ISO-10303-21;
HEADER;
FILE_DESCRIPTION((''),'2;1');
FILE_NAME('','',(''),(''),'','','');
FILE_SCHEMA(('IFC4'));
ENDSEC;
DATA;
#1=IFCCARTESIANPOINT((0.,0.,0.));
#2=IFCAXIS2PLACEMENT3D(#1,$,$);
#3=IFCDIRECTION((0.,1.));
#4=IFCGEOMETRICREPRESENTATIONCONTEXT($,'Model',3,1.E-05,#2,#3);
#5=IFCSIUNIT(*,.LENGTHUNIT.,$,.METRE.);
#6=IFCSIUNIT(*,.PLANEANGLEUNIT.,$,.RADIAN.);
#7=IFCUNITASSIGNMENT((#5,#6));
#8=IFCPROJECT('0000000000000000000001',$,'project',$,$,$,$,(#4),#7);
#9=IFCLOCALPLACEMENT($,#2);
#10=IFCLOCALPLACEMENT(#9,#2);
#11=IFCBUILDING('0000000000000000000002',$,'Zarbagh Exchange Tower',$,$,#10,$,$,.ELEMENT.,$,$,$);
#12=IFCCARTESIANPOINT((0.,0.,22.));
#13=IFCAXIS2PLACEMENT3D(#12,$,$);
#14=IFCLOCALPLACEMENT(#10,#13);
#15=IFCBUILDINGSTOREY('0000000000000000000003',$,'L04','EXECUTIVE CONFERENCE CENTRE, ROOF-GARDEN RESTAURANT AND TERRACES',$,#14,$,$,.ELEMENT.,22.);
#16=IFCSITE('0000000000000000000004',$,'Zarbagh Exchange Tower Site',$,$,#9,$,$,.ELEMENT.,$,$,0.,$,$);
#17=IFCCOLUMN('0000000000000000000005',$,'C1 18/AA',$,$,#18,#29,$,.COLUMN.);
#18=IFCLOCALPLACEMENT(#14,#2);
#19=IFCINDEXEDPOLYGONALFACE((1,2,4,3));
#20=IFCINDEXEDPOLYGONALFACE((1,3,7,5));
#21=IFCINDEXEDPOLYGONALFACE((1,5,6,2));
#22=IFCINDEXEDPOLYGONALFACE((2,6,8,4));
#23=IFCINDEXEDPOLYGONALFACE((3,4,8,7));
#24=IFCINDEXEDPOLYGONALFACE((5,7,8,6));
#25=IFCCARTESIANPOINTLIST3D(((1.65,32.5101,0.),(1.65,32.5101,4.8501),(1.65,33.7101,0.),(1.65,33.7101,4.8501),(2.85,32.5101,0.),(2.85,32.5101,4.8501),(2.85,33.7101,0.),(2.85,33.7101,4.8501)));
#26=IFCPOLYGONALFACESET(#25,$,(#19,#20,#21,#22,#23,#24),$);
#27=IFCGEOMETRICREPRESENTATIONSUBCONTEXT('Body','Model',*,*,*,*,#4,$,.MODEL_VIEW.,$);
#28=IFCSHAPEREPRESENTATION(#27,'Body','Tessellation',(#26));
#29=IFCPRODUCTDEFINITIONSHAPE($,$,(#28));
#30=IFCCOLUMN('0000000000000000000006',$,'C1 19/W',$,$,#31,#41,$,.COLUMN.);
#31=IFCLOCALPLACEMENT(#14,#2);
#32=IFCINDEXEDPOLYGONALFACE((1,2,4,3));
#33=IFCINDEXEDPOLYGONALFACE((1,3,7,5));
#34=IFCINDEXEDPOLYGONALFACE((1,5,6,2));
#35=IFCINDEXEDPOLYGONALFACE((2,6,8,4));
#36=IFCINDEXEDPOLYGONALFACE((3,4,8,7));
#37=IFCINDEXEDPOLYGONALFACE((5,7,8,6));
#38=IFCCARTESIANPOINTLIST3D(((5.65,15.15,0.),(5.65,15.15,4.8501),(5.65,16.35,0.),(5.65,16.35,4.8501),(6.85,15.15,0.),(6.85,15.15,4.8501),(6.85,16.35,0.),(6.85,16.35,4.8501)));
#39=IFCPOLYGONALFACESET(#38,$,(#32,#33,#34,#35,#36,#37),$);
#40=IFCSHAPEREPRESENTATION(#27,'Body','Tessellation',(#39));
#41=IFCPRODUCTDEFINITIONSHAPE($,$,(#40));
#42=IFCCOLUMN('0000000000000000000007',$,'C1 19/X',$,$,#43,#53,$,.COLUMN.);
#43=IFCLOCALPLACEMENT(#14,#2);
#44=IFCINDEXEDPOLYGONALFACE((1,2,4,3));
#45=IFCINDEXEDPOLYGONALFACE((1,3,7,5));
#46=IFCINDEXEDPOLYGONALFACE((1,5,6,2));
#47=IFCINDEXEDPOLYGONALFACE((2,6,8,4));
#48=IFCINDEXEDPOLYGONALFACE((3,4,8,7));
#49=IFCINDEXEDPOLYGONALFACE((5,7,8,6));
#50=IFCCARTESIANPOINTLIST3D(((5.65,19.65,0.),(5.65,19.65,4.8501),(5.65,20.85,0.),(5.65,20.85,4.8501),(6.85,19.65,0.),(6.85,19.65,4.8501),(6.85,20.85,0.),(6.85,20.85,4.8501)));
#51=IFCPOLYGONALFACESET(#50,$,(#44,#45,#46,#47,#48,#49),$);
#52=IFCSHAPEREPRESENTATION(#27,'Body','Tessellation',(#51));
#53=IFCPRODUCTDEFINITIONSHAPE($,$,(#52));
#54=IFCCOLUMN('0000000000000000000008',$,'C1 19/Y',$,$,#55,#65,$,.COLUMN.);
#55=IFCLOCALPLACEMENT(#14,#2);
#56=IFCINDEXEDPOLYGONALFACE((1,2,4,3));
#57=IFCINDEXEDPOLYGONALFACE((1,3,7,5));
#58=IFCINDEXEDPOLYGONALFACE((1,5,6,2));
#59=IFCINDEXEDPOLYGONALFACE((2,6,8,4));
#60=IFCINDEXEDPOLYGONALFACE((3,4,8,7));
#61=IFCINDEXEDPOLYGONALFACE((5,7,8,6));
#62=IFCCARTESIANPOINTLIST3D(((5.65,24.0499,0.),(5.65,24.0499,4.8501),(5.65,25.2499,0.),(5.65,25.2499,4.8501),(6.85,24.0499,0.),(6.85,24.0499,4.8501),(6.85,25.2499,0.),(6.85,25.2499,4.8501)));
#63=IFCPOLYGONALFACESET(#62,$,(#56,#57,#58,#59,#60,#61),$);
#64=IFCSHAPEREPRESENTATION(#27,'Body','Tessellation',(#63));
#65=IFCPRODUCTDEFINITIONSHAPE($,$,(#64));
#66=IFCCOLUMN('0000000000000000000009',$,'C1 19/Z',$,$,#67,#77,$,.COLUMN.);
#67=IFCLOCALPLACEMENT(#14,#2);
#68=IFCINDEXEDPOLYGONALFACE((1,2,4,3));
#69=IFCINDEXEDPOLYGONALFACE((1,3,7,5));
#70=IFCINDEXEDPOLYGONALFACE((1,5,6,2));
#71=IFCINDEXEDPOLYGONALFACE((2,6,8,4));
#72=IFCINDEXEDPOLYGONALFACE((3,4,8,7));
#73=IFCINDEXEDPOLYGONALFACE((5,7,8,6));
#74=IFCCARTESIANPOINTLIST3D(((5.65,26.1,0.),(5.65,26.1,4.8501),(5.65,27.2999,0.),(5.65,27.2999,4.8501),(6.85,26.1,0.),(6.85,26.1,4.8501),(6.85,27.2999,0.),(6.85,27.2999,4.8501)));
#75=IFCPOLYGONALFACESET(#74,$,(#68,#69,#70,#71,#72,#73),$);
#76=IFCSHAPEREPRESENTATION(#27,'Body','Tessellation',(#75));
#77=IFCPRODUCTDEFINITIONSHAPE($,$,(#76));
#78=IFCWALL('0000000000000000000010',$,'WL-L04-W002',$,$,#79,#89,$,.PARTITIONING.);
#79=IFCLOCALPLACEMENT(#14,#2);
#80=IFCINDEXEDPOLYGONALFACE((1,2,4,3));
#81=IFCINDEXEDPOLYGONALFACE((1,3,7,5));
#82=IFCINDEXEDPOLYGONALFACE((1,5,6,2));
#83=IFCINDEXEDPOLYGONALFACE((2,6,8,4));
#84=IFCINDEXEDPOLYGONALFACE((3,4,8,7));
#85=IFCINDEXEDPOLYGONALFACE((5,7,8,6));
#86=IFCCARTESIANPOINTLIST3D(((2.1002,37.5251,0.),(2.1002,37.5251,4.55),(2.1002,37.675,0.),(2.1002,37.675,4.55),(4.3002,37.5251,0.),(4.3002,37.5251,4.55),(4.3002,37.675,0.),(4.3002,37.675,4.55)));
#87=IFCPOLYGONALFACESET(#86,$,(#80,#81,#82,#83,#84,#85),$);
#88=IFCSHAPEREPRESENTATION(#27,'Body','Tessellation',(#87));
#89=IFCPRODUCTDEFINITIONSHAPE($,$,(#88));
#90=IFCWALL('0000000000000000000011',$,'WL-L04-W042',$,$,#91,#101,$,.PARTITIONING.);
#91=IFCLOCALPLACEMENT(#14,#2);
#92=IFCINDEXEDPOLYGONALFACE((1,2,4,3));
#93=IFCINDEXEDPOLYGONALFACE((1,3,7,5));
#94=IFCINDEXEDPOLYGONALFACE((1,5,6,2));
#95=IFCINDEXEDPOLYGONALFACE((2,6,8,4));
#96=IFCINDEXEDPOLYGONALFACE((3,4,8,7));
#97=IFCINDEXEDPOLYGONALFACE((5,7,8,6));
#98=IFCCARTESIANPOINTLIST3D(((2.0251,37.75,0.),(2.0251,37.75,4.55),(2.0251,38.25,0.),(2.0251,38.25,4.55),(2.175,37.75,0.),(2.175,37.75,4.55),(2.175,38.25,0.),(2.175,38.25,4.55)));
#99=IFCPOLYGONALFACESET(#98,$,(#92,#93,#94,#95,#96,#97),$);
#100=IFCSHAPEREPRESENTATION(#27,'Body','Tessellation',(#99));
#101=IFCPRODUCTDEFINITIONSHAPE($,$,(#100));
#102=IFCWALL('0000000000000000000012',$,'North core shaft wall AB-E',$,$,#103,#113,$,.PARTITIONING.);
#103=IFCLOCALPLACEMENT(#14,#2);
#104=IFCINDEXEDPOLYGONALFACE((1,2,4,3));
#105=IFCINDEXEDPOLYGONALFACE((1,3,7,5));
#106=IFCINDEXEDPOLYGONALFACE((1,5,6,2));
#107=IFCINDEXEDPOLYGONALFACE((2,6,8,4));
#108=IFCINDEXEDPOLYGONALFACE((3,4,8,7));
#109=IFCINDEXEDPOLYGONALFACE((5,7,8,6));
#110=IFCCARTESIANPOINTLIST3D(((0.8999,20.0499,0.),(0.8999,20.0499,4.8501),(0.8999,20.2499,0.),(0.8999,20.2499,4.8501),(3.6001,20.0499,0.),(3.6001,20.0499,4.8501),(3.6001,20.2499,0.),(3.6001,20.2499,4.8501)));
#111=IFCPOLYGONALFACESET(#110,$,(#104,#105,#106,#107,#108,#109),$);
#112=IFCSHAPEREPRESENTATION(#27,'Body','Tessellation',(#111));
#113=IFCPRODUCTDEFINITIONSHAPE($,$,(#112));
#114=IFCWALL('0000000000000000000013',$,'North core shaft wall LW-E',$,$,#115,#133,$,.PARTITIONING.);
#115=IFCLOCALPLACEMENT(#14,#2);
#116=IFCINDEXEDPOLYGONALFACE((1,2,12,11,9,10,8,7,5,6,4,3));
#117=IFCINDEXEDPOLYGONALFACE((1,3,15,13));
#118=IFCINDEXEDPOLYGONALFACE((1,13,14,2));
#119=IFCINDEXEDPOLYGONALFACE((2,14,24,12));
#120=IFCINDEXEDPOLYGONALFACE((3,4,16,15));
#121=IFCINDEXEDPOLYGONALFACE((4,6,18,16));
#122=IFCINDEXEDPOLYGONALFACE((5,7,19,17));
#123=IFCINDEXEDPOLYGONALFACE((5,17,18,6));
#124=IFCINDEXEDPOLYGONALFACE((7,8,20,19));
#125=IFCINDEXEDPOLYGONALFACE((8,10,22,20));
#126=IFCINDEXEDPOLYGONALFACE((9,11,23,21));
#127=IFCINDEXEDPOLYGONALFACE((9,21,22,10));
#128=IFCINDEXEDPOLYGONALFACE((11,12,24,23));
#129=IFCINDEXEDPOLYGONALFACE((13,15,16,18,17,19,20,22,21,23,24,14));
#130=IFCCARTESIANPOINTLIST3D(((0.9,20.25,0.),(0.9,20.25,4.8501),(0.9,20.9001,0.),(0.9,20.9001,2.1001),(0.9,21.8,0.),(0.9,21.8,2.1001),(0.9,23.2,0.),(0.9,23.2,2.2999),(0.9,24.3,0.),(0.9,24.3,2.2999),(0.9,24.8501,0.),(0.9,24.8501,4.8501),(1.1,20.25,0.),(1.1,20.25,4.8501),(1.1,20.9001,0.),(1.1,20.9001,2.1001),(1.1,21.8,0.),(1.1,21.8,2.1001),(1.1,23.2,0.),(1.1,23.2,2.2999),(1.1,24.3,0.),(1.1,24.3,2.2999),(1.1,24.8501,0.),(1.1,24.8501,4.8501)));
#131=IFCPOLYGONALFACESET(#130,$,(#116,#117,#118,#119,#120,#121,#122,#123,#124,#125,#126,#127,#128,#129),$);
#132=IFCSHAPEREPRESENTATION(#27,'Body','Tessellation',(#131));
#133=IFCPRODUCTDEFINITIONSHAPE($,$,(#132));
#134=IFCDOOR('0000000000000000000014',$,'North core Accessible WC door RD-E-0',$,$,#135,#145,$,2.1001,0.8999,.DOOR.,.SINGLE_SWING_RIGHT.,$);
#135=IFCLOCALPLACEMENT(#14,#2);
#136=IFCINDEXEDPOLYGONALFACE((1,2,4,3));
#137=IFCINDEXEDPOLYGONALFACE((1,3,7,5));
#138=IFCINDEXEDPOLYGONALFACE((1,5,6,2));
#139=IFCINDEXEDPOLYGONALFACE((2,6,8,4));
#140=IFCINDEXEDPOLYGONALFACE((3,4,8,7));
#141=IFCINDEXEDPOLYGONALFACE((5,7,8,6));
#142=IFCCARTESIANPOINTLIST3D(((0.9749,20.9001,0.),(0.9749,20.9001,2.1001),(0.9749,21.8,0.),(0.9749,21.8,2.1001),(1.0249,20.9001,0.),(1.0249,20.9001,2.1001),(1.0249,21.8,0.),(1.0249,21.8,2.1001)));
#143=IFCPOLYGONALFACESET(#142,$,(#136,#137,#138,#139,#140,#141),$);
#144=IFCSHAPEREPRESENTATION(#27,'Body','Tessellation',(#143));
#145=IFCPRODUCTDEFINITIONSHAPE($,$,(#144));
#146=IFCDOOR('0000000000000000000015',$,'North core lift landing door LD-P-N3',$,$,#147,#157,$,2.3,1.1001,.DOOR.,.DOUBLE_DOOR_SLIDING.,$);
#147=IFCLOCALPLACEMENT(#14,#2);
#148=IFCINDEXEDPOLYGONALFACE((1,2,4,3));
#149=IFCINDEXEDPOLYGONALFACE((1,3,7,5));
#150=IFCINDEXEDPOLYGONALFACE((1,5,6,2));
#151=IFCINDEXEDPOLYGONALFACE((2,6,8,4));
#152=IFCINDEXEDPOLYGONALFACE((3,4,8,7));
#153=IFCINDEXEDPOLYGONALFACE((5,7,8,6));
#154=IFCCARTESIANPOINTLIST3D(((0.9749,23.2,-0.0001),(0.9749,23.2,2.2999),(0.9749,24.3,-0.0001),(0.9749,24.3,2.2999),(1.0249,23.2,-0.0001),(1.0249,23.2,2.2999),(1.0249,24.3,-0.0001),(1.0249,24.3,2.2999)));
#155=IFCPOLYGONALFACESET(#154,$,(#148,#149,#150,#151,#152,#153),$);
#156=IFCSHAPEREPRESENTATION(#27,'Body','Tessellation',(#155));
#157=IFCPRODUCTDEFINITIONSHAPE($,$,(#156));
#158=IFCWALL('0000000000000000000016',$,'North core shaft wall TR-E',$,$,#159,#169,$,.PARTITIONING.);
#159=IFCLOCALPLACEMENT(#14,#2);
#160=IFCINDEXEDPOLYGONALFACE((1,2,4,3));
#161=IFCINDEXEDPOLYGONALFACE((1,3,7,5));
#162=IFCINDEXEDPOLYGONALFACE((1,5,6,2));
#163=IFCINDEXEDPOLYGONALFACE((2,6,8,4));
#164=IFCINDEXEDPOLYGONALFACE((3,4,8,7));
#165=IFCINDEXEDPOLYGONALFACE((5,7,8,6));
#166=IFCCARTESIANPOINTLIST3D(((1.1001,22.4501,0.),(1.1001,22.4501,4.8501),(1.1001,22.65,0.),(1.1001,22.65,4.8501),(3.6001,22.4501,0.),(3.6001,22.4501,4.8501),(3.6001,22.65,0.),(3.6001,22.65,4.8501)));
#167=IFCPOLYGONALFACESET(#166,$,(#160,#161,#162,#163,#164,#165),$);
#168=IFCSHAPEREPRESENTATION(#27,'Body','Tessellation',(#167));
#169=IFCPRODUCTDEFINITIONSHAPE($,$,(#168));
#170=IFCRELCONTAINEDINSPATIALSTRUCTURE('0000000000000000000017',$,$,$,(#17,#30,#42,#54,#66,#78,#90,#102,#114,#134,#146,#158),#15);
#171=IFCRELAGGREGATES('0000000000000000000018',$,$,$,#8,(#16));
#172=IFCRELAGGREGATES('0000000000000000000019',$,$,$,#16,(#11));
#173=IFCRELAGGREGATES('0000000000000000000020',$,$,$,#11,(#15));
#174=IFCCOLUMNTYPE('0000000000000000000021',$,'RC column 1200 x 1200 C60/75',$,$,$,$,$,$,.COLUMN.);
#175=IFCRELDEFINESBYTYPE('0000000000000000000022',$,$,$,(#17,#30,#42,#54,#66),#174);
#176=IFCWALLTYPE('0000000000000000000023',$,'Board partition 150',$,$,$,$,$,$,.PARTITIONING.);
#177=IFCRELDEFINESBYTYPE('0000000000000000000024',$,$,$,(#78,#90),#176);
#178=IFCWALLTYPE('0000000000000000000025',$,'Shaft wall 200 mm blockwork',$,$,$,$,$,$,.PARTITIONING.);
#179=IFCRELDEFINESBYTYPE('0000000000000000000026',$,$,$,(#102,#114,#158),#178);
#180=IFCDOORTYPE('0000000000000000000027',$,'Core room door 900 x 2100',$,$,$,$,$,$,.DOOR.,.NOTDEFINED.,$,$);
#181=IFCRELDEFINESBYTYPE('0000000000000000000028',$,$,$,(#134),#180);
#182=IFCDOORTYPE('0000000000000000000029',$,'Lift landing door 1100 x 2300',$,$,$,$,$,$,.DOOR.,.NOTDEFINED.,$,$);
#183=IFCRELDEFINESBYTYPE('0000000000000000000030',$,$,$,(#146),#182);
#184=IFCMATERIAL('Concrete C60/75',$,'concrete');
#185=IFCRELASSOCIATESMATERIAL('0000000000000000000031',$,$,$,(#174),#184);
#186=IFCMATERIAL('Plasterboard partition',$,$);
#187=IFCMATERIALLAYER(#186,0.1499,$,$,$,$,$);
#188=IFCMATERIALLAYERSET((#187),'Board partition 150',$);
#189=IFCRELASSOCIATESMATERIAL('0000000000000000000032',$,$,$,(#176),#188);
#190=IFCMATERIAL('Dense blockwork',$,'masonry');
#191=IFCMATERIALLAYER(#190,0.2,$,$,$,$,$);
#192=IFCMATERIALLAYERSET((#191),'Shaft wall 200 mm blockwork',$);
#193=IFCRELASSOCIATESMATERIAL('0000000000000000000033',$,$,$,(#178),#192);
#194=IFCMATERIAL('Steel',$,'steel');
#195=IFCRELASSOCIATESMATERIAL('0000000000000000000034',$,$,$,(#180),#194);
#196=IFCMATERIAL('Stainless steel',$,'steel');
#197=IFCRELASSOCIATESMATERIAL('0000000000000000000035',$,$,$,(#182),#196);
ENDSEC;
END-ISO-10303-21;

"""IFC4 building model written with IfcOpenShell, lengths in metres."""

from ifc_helpers import new_model, si_unit, direction, frame, frame_2d, origin, origin_2d, place, context, subcontext, project, spatial, rectangle, extrude, material, layer, layer_set, material_profile, profile_set, type_object, element, fill, save


model = new_model("IFC4")

# Units and contexts
model_context = context("Model", 3, precision=1e-05, world=origin(), true_north=direction((0.0, 1.0)))
body_context = subcontext(model_context, "Body", "Model", "MODEL_VIEW")
ifc_project = project(units=[si_unit("LENGTHUNIT", "METRE"), si_unit("PLANEANGLEUNIT", "RADIAN")], contexts=[model_context])

# Site, building, storey
site_placement = place(None, origin())
site = spatial("IfcSite", under=ifc_project, at=site_placement, Name="Zarbagh Exchange Tower Site", CompositionType="ELEMENT", RefElevation=0.0)
building_placement = place(site_placement, origin())
building = spatial("IfcBuilding", under=site, at=building_placement, Name="Zarbagh Exchange Tower", CompositionType="ELEMENT")
storey_placement = place(building_placement, frame((0.0, 0.0, 22.0)))
storey = spatial("IfcBuildingStorey", under=building, at=storey_placement, Name="L04", Description="EXECUTIVE CONFERENCE CENTRE, ROOF-GARDEN RESTAURANT AND TERRACES", CompositionType="ELEMENT", Elevation=22.0)

# Columns
ifc_material_1 = material(Name="Concrete C60/75", Category="concrete")
ifc_material_profile = material_profile(ifc_material_1, rectangle(XDim=1.2, YDim=1.2, at=origin_2d()), Name="RC column 1200 x 1200 C60/75")
ifc_profile_set = profile_set([ifc_material_profile], Name="Concrete C60/75")
column_type = type_object("IfcColumnType", Name="RC column 1200 x 1200 C60/75", PredefinedType="COLUMN", material=ifc_profile_set)
for number, where, z_axis, x_axis, name in (
    (1, (2.25, 33.1101, 0.0), (0.0, 0.0, 1.0), (1.0, 0.0, 0.0), "C1 18/AA"),
    (2, (6.25, 15.75, 0.0), (0.0, 0.0, 1.0), (1.0, 0.0, 0.0), "C1 19/W"),
    (3, (6.25, 20.25, 0.0), (0.0, 0.0, 1.0), (1.0, 0.0, 0.0), "C1 19/X"),
    (4, (6.25, 24.6499, 0.0), (0.0, 0.0, 1.0), (1.0, 0.0, 0.0), "C1 19/Y"),
    (5, (6.25, 26.7, 0.0), (0.0, 0.0, 1.0), (1.0, 0.0, 0.0), "C1 19/Z"),
):
    element("IfcColumn", number, at=place(storey_placement, frame(where, z_axis=z_axis, x_axis=x_axis)), inside=storey, type_object=column_type, Name=name, PredefinedType="COLUMN", context=body_context, shape_type="SweptSolid", body=[
        extrude(rectangle(XDim=1.2, YDim=1.2, at=origin_2d()), origin(), (0.0, 0.0, 1.0), 4.8501),
    ])

# Walls
ifc_material_2 = material(Name="Plasterboard partition")
ifc_layer_1 = layer(ifc_material_2, 0.1499)
ifc_layer_set_1 = layer_set([ifc_layer_1], Name="Board partition 150")
wall_type_1 = type_object("IfcWallType", Name="Board partition 150", PredefinedType="PARTITIONING", material=ifc_layer_set_1)
wall_1_placement = place(storey_placement, frame((2.1001, 37.6001, 0.0), z_axis=(0.0, 0.0, 1.0), x_axis=(1.0, 0.0, 0.0)))
element("IfcWall", 6, at=wall_1_placement, inside=storey, type_object=wall_type_1, Name="WL-L04-W002", PredefinedType="PARTITIONING", context=body_context, shape_type="SweptSolid", body=[
    extrude(rectangle(XDim=2.2, YDim=0.1499, at=frame_2d((1.1001, 0.0))), origin(), (0.0, 0.0, 1.0), 4.55),
])
wall_2_placement = place(storey_placement, frame((2.1001, 38.25, 0.0), z_axis=(0.0, 0.0, 1.0), x_axis=(0.0, -1.0, 0.0)))
element("IfcWall", 7, at=wall_2_placement, inside=storey, type_object=wall_type_1, Name="WL-L04-W042", PredefinedType="PARTITIONING", context=body_context, shape_type="SweptSolid", body=[
    extrude(rectangle(XDim=0.5, YDim=0.1499, at=frame_2d((0.25, 0.0))), origin(), (0.0, 0.0, 1.0), 4.55),
])
ifc_material_3 = material(Name="Dense blockwork", Category="masonry")
ifc_layer_2 = layer(ifc_material_3, 0.2)
ifc_layer_set_2 = layer_set([ifc_layer_2], Name="Shaft wall 200 mm blockwork")
wall_type_2 = type_object("IfcWallType", Name="Shaft wall 200 mm blockwork", PredefinedType="PARTITIONING", material=ifc_layer_set_2)
wall_3_placement = place(storey_placement, frame((0.8999, 20.1499, 0.0), z_axis=(0.0, 0.0, 1.0), x_axis=(1.0, 0.0, 0.0)))
element("IfcWall", 8, at=wall_3_placement, inside=storey, type_object=wall_type_2, Name="North core shaft wall AB-E", PredefinedType="PARTITIONING", context=body_context, shape_type="SweptSolid", body=[
    extrude(rectangle(XDim=2.7002, YDim=0.2, at=frame_2d((1.3501, 0.0))), origin(), (0.0, 0.0, 1.0), 4.8501),
])

# Wall, openings, doors
wall_4_placement = place(storey_placement, frame((1.0, 24.8501, 0.0), z_axis=(0.0, 0.0, 1.0), x_axis=(0.0, -1.0, 0.0)))
wall_4 = element("IfcWall", 9, at=wall_4_placement, inside=storey, type_object=wall_type_2, Name="North core shaft wall LW-E", PredefinedType="PARTITIONING", context=body_context, shape_type="SweptSolid", body=[
    extrude(rectangle(XDim=4.6001, YDim=0.2, at=frame_2d((2.3, 0.0))), origin(), (0.0, 0.0, 1.0), 4.8501),
])
opening_1_placement = place(wall_4_placement, frame((0.55, 0.0, 0.0)))
opening_1 = element("IfcOpeningElement", 10, at=opening_1_placement, cuts=wall_4, PredefinedType="OPENING", context=body_context, shape_type="SweptSolid", body=[
    extrude(rectangle(XDim=1.1001, YDim=2.3, at=frame_2d((0.55, 1.1499))), frame((0.0, 0.1099, 0.0), z_axis=(0.0, -1.0, 0.0), x_axis=(1.0, 0.0, 0.0)), (0.0, 0.0, 1.0), 0.22),
])
opening_2_placement = place(wall_4_placement, frame((3.05, 0.0, 0.0)))
opening_2 = element("IfcOpeningElement", 11, at=opening_2_placement, cuts=wall_4, PredefinedType="OPENING", context=body_context, shape_type="SweptSolid", body=[
    extrude(rectangle(XDim=0.8999, YDim=2.1001, at=frame_2d((0.45, 1.05))), frame((0.0, 0.1099, 0.0), z_axis=(0.0, -1.0, 0.0), x_axis=(1.0, 0.0, 0.0)), (0.0, 0.0, 1.0), 0.22),
])
ifc_material_4 = material(Name="Steel", Category="steel")
door_type_1 = type_object("IfcDoorType", Name="Core room door 900 x 2100", OperationType="NOTDEFINED", PredefinedType="DOOR", material=ifc_material_4)
door_1_placement = place(opening_2_placement, origin())
door_1 = element("IfcDoor", 12, at=door_1_placement, inside=storey, type_object=door_type_1, Name="North core Accessible WC door RD-E-0", OperationType="SINGLE_SWING_RIGHT", OverallHeight=2.1001, OverallWidth=0.8999, PredefinedType="DOOR", context=body_context, shape_type="SweptSolid", body=[
    extrude(rectangle(XDim=0.8999, YDim=2.1001, at=frame_2d((0.45, 1.05))), frame((0.0, 0.0249, 0.0), z_axis=(0.0, -1.0, 0.0), x_axis=(1.0, 0.0, 0.0)), (0.0, 0.0, 1.0), 0.05),
])
fill(opening_2, door_1)
ifc_material_5 = material(Name="Stainless steel", Category="steel")
door_type_2 = type_object("IfcDoorType", Name="Lift landing door 1100 x 2300", OperationType="NOTDEFINED", PredefinedType="DOOR", material=ifc_material_5)
door_2_placement = place(opening_1_placement, origin())
door_2 = element("IfcDoor", 13, at=door_2_placement, inside=storey, type_object=door_type_2, Name="North core lift landing door LD-P-N3", OperationType="DOUBLE_DOOR_SLIDING", OverallHeight=2.3, OverallWidth=1.1001, PredefinedType="DOOR", context=body_context, shape_type="SweptSolid", body=[
    extrude(rectangle(XDim=1.1001, YDim=2.3, at=frame_2d((0.55, 1.1499))), frame((0.0, 0.0249, 0.0), z_axis=(0.0, -1.0, 0.0), x_axis=(1.0, 0.0, 0.0)), (0.0, 0.0, 1.0), 0.05),
])
fill(opening_1, door_2)

# Wall
wall_5_placement = place(storey_placement, frame((1.1001, 22.55, 0.0), z_axis=(0.0, 0.0, 1.0), x_axis=(1.0, 0.0, 0.0)))
element("IfcWall", 14, at=wall_5_placement, inside=storey, type_object=wall_type_2, Name="North core shaft wall TR-E", PredefinedType="PARTITIONING", context=body_context, shape_type="SweptSolid", body=[
    extrude(rectangle(XDim=2.5, YDim=0.2, at=frame_2d((1.25, 0.0))), origin(), (0.0, 0.0, 1.0), 4.8501),
])

save(model, "model.ifc")
